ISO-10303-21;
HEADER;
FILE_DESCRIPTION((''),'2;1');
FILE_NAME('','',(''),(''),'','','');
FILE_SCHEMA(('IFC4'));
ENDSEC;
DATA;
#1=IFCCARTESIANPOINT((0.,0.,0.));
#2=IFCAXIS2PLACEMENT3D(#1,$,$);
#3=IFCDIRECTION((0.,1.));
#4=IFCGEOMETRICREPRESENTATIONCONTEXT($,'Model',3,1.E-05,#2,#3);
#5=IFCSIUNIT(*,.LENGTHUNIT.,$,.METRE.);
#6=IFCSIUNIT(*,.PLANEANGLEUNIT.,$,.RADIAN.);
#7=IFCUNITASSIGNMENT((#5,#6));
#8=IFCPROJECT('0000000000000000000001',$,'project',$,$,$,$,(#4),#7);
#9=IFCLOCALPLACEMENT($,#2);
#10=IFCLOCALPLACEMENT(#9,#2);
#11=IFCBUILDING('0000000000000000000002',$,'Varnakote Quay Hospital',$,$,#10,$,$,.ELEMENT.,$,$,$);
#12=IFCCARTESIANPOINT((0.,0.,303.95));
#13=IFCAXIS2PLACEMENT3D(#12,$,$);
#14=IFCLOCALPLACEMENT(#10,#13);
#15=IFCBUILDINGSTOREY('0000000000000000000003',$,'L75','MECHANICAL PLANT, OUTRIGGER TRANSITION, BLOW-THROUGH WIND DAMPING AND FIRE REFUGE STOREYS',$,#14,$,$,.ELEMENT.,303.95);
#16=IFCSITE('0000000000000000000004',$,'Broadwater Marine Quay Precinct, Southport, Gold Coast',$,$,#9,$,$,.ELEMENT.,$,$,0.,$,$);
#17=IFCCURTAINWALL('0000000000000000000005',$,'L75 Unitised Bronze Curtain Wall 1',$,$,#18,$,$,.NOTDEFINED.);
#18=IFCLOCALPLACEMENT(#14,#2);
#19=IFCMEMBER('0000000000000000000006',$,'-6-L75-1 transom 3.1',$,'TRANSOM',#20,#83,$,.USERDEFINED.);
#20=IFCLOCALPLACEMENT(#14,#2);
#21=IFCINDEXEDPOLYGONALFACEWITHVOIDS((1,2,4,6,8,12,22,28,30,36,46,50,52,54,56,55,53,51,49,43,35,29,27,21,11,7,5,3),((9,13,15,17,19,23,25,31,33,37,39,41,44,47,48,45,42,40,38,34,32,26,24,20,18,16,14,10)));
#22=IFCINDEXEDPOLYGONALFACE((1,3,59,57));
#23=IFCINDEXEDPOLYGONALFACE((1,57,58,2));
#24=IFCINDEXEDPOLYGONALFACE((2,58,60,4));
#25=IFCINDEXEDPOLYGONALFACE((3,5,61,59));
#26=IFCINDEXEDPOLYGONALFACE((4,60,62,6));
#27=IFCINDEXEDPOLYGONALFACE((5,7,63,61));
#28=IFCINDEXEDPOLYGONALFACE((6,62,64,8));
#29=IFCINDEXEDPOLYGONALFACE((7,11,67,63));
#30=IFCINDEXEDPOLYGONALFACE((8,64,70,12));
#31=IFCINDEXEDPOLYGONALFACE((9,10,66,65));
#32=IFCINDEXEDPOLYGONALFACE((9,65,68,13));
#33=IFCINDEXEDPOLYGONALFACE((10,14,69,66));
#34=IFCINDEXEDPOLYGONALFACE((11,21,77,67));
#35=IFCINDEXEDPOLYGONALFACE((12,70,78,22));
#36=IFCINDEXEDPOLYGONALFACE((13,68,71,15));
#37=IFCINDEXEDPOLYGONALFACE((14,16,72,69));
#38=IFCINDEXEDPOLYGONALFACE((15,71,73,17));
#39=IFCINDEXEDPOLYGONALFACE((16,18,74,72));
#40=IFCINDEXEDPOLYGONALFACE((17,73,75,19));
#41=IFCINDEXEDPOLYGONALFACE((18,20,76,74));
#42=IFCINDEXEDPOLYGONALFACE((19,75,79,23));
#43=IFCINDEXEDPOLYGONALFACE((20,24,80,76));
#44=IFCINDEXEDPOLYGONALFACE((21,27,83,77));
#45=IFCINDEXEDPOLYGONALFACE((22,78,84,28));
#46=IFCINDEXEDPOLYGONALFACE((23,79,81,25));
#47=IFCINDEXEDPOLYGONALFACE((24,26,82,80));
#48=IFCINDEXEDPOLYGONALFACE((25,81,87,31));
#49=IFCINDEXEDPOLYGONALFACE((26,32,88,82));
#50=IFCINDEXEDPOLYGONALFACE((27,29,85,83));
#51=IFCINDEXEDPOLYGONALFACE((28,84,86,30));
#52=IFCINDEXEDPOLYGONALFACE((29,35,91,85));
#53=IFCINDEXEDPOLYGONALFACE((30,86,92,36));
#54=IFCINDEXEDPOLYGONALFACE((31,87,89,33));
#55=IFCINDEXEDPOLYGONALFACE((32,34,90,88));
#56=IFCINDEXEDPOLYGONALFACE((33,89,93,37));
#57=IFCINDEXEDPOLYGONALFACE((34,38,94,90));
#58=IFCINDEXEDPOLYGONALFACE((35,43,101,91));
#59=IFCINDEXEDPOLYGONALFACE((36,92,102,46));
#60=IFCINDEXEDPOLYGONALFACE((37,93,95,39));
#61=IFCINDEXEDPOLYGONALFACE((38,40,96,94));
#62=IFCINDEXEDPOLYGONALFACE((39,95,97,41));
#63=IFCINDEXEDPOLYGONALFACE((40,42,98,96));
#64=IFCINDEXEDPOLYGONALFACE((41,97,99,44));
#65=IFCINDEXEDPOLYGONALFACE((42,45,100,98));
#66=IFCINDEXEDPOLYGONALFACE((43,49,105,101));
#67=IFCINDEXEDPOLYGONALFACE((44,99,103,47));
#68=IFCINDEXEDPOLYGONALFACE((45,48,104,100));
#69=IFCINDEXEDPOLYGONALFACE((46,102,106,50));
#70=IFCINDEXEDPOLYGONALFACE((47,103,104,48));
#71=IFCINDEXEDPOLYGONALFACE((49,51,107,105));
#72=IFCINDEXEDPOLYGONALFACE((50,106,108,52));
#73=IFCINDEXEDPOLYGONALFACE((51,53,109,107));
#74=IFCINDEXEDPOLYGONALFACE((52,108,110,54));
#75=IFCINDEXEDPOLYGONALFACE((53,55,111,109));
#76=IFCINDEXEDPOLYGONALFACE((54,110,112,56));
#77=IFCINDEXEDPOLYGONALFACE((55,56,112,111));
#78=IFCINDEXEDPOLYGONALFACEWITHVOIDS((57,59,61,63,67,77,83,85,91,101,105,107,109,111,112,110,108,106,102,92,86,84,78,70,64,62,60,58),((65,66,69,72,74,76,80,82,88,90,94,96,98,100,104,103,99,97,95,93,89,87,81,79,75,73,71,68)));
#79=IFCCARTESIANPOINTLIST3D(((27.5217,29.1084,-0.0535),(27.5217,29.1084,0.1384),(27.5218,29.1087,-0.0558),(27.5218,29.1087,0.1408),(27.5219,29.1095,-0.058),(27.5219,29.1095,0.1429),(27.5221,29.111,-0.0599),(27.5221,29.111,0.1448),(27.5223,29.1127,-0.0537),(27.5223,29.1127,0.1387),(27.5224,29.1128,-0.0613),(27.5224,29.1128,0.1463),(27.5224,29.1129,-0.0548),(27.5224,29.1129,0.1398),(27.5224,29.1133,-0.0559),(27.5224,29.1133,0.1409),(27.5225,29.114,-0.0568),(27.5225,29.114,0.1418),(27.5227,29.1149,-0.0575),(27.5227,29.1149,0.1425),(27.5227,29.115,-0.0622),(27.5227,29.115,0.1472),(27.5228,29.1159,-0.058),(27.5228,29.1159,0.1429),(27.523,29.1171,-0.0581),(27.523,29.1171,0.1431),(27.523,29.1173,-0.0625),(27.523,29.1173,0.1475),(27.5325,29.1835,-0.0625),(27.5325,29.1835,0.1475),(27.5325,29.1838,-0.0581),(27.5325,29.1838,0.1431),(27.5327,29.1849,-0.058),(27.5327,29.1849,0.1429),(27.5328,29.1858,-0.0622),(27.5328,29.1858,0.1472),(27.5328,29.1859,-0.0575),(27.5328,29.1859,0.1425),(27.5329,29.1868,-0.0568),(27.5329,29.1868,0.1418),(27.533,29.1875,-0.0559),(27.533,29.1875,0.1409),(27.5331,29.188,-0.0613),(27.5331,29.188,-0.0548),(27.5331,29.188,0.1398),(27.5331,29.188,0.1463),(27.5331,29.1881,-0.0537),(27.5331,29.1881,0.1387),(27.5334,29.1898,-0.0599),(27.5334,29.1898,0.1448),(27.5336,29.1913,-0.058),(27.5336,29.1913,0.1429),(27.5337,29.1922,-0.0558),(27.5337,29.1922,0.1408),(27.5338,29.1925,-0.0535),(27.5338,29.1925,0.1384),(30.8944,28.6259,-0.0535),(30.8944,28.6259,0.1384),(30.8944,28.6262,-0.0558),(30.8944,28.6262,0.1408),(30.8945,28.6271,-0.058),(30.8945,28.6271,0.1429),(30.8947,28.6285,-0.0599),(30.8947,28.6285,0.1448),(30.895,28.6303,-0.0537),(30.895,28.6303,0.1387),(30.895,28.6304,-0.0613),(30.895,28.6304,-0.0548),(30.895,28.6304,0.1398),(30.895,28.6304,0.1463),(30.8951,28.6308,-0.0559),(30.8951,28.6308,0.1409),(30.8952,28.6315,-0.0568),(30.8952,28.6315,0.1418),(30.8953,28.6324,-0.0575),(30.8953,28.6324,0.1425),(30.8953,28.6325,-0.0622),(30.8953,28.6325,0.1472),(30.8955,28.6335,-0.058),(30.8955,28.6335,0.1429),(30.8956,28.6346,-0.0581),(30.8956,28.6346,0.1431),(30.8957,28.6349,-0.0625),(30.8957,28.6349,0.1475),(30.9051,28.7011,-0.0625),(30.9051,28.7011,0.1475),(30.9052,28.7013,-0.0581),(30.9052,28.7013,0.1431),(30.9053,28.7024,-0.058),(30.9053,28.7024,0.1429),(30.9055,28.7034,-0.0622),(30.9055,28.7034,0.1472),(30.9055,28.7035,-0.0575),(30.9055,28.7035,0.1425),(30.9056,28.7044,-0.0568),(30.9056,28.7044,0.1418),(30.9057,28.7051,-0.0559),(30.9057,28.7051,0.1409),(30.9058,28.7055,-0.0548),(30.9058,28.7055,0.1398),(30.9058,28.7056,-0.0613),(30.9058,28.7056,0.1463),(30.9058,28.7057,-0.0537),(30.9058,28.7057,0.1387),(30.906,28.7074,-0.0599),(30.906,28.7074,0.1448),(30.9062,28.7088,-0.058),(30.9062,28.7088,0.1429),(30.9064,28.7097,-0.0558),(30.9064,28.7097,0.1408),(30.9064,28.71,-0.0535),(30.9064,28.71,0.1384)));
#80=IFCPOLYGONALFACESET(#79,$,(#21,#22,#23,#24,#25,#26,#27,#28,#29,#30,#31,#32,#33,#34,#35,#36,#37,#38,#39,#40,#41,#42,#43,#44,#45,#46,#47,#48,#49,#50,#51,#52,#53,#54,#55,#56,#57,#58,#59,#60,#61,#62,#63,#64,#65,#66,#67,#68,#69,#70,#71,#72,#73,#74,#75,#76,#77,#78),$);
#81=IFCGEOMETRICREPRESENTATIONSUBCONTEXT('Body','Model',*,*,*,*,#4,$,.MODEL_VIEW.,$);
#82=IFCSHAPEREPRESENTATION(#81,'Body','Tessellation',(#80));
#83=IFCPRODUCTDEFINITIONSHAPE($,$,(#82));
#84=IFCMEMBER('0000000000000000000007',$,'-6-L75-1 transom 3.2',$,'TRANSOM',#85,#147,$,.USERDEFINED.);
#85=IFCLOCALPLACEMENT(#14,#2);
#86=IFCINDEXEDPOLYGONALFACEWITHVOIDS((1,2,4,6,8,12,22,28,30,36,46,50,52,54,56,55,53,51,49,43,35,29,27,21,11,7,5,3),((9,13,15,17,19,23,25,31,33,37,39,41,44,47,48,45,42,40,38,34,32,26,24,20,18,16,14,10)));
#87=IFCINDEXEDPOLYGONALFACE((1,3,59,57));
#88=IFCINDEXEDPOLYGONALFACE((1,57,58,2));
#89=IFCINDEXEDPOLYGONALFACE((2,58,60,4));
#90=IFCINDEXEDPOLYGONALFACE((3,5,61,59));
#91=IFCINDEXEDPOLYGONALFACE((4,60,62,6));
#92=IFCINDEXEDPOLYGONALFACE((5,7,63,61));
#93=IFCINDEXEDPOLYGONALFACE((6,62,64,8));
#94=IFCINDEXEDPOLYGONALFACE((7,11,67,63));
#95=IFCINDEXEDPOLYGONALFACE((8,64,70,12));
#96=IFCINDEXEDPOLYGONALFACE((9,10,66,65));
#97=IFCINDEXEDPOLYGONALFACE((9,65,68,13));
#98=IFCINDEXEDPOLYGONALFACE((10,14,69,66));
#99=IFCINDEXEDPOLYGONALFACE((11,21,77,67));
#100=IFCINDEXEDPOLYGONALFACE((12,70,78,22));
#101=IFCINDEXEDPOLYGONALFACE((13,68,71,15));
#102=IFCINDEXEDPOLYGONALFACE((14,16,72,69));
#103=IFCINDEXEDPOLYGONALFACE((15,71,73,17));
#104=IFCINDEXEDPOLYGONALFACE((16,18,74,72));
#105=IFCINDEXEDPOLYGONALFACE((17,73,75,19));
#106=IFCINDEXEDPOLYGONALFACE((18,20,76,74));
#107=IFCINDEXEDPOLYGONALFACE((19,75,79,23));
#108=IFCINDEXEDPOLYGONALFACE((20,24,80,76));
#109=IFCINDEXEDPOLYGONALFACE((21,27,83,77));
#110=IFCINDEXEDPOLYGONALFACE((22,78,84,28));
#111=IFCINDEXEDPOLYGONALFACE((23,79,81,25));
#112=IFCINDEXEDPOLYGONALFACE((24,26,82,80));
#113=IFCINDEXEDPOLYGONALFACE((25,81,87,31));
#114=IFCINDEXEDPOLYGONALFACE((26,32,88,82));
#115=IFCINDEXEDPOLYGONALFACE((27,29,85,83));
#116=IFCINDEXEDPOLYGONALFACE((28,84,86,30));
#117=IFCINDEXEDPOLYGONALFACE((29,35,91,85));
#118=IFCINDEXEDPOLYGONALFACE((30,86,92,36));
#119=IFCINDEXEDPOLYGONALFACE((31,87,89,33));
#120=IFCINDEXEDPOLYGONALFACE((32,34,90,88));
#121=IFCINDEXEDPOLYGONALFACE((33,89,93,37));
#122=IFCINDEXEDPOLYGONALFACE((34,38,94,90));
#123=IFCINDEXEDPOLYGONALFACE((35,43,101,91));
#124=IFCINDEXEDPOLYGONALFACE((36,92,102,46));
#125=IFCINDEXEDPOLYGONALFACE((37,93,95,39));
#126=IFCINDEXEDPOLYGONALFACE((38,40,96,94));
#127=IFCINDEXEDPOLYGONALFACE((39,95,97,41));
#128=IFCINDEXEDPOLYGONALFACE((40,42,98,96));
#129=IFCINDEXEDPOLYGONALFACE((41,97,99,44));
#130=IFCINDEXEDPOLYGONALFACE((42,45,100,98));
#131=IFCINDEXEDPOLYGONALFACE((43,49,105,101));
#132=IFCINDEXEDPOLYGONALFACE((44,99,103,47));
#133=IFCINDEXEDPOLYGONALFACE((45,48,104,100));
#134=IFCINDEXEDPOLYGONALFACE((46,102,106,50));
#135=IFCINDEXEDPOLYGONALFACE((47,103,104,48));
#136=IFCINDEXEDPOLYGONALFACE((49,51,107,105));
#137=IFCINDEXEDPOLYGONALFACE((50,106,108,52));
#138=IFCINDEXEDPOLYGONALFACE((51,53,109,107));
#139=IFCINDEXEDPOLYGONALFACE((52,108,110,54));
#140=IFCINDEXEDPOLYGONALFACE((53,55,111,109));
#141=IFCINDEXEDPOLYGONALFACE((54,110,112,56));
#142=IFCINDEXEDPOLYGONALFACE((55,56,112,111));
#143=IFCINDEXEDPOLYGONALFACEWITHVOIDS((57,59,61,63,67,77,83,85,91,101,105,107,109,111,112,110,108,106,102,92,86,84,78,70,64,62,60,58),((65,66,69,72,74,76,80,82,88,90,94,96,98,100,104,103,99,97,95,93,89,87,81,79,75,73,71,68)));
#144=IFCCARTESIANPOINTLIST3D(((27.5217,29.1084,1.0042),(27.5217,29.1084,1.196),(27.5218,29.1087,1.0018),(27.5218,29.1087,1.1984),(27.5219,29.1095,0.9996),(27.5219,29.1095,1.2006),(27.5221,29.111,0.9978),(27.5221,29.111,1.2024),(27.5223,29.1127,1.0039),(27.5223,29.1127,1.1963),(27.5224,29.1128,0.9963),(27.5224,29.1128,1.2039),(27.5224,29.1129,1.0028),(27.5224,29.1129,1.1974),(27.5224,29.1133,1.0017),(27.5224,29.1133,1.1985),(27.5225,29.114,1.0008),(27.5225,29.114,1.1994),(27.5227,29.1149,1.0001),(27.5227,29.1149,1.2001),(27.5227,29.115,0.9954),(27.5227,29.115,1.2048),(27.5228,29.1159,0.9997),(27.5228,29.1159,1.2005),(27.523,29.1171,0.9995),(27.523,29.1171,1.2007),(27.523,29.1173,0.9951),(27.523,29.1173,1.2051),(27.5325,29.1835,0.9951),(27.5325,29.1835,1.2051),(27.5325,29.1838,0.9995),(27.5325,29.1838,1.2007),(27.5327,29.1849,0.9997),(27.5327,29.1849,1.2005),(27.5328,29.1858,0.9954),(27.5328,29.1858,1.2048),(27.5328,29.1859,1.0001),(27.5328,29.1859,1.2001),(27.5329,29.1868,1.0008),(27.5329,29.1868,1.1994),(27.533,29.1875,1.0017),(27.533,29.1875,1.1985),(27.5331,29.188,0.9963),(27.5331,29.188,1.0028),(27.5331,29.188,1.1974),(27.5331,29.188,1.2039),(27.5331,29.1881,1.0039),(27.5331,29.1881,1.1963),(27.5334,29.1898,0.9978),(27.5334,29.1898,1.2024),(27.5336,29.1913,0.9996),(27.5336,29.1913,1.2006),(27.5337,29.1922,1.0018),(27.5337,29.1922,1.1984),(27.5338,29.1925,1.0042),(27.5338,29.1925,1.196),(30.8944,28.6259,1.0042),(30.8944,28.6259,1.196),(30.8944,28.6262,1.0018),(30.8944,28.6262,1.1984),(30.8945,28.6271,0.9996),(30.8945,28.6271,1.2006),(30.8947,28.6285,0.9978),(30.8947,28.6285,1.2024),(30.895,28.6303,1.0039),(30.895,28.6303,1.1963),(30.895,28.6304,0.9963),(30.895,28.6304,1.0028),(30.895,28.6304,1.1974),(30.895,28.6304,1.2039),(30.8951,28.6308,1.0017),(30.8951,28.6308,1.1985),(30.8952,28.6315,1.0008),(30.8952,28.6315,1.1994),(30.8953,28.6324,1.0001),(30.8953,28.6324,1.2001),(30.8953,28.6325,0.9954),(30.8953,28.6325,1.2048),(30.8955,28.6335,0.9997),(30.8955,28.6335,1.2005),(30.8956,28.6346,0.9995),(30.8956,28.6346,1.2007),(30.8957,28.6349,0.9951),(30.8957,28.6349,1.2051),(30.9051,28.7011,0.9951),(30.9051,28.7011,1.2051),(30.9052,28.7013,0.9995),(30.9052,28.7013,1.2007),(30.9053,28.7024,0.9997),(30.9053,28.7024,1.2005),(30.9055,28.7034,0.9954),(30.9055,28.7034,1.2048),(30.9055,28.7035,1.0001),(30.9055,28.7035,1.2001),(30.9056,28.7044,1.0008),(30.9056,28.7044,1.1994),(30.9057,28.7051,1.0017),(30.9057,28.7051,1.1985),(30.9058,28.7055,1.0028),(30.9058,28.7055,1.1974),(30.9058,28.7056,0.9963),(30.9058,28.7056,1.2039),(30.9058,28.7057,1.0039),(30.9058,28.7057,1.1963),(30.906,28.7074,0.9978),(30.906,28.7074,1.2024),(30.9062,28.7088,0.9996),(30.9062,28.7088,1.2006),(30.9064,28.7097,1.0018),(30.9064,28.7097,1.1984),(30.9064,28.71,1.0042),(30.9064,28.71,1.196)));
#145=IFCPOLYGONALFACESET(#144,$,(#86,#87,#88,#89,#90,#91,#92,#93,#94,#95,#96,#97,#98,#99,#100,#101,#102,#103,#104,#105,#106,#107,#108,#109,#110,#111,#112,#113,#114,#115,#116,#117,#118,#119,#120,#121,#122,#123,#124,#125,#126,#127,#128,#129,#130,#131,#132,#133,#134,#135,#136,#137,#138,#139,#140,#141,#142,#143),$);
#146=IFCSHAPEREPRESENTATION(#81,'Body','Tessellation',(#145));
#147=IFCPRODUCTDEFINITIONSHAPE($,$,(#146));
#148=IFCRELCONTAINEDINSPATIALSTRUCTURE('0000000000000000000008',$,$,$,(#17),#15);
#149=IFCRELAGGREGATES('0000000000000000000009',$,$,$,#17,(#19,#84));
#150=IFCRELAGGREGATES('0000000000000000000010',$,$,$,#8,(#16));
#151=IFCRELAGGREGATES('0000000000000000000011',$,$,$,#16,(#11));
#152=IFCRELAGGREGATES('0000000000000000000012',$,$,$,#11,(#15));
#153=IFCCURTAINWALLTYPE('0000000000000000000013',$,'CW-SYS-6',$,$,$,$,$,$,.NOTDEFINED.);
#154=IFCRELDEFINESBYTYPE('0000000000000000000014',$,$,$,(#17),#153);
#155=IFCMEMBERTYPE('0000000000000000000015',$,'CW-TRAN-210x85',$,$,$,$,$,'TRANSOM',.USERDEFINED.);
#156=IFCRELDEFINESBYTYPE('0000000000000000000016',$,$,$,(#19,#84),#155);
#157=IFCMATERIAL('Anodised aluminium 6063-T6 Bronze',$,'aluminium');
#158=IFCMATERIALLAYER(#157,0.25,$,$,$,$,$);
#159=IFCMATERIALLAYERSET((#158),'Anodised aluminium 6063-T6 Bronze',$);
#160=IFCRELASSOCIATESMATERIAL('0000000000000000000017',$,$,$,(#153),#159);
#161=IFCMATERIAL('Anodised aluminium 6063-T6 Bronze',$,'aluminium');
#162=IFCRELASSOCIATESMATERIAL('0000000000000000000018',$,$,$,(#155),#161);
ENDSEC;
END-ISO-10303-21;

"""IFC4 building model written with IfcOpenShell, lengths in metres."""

from ifc_helpers import new_model, si_unit, direction, frame, origin, origin_2d, place, context, subcontext, project, spatial, hollow_rectangle, extrude, material, layer, layer_set, material_profile, profile_set, type_object, element, aggregate, save


model = new_model("IFC4")

# Units and contexts
model_context = context("Model", 3, precision=1e-05, world=origin(), true_north=direction((0.0, 1.0)))
body_context = subcontext(model_context, "Body", "Model", "MODEL_VIEW")
ifc_project = project(units=[si_unit("LENGTHUNIT", "METRE"), si_unit("PLANEANGLEUNIT", "RADIAN")], contexts=[model_context])

# Site, building, storey
site_placement = place(None, origin())
site = spatial("IfcSite", under=ifc_project, at=site_placement, Name="Broadwater Marine Quay Precinct, Southport, Gold Coast", CompositionType="ELEMENT", RefElevation=0.0)
building_placement = place(site_placement, origin())
building = spatial("IfcBuilding", under=site, at=building_placement, Name="Varnakote Quay Hospital", CompositionType="ELEMENT")
storey_placement = place(building_placement, frame((0.0, 0.0, 303.95)))
storey = spatial("IfcBuildingStorey", under=building, at=storey_placement, Name="L75", Description="MECHANICAL PLANT, OUTRIGGER TRANSITION, BLOW-THROUGH WIND DAMPING AND FIRE REFUGE STOREYS", CompositionType="ELEMENT", Elevation=303.95)

# Curtain wall
ifc_material_1 = material(Name="Anodised aluminium 6063-T6 Bronze", Category="aluminium")
ifc_layer_1 = layer(ifc_material_1, 0.25)
ifc_layer_set_1 = layer_set([ifc_layer_1], Name="Anodised aluminium 6063-T6 Bronze")
curtain_wall_type = type_object("IfcCurtainWallType", Name="CW-SYS-6", PredefinedType="NOTDEFINED", material=ifc_layer_set_1)
curtain_wall_1_placement = place(storey_placement, origin())
curtain_wall_1 = element("IfcCurtainWall", 1, at=curtain_wall_1_placement, inside=storey, type_object=curtain_wall_type, Name="L75 Unitised Bronze Curtain Wall 1", PredefinedType="NOTDEFINED")

# Members
ifc_material_2 = material(Name="Anodised aluminium 6063-T6 Bronze", Category="aluminium")
ifc_material_profile_1 = material_profile(ifc_material_2, hollow_rectangle(XDim=0.085, YDim=0.21, WallThickness=0.0044, InnerFilletRadius=0.0044, OuterFilletRadius=0.009, at=origin_2d()), Name="CW-TRAN-210x85")
ifc_profile_set_1 = profile_set([ifc_material_profile_1], Name="Anodised aluminium 6063-T6 Bronze")
member_type_1 = type_object("IfcMemberType", Name="CW-TRAN-210x85", ElementType="TRANSOM", PredefinedType="USERDEFINED", material=ifc_profile_set_1)
member_1_placement = place(storey_placement, frame((30.9004, 28.668, 0.0425), z_axis=(-0.989924, 0.141602, 0.0), x_axis=(-0.141602, -0.989924, 0.0)))
member_1 = element("IfcMember", 2, at=member_1_placement, type_object=member_type_1, Name="-6-L75-1 transom 3.1", ObjectType="TRANSOM", PredefinedType="USERDEFINED", context=body_context, shape_type="SweptSolid", body=[
    extrude(hollow_rectangle(XDim=0.085, YDim=0.21, WallThickness=0.0044, InnerFilletRadius=0.0044, OuterFilletRadius=0.009, at=origin_2d()), origin(), (0.0, 0.0, 1.0), 3.407),
])
member_2_placement = place(storey_placement, frame((30.9004, 28.668, 1.1001), z_axis=(-0.989924, 0.141602, 0.0), x_axis=(-0.141602, -0.989924, 0.0)))
member_2 = element("IfcMember", 3, at=member_2_placement, type_object=member_type_1, Name="-6-L75-1 transom 3.2", ObjectType="TRANSOM", PredefinedType="USERDEFINED", context=body_context, shape_type="SweptSolid", body=[
    extrude(hollow_rectangle(XDim=0.085, YDim=0.21, WallThickness=0.0044, InnerFilletRadius=0.0044, OuterFilletRadius=0.009, at=origin_2d()), origin(), (0.0, 0.0, 1.0), 3.407),
])

aggregate(curtain_wall_1, [member_1, member_2])

save(model, "model.ifc")
